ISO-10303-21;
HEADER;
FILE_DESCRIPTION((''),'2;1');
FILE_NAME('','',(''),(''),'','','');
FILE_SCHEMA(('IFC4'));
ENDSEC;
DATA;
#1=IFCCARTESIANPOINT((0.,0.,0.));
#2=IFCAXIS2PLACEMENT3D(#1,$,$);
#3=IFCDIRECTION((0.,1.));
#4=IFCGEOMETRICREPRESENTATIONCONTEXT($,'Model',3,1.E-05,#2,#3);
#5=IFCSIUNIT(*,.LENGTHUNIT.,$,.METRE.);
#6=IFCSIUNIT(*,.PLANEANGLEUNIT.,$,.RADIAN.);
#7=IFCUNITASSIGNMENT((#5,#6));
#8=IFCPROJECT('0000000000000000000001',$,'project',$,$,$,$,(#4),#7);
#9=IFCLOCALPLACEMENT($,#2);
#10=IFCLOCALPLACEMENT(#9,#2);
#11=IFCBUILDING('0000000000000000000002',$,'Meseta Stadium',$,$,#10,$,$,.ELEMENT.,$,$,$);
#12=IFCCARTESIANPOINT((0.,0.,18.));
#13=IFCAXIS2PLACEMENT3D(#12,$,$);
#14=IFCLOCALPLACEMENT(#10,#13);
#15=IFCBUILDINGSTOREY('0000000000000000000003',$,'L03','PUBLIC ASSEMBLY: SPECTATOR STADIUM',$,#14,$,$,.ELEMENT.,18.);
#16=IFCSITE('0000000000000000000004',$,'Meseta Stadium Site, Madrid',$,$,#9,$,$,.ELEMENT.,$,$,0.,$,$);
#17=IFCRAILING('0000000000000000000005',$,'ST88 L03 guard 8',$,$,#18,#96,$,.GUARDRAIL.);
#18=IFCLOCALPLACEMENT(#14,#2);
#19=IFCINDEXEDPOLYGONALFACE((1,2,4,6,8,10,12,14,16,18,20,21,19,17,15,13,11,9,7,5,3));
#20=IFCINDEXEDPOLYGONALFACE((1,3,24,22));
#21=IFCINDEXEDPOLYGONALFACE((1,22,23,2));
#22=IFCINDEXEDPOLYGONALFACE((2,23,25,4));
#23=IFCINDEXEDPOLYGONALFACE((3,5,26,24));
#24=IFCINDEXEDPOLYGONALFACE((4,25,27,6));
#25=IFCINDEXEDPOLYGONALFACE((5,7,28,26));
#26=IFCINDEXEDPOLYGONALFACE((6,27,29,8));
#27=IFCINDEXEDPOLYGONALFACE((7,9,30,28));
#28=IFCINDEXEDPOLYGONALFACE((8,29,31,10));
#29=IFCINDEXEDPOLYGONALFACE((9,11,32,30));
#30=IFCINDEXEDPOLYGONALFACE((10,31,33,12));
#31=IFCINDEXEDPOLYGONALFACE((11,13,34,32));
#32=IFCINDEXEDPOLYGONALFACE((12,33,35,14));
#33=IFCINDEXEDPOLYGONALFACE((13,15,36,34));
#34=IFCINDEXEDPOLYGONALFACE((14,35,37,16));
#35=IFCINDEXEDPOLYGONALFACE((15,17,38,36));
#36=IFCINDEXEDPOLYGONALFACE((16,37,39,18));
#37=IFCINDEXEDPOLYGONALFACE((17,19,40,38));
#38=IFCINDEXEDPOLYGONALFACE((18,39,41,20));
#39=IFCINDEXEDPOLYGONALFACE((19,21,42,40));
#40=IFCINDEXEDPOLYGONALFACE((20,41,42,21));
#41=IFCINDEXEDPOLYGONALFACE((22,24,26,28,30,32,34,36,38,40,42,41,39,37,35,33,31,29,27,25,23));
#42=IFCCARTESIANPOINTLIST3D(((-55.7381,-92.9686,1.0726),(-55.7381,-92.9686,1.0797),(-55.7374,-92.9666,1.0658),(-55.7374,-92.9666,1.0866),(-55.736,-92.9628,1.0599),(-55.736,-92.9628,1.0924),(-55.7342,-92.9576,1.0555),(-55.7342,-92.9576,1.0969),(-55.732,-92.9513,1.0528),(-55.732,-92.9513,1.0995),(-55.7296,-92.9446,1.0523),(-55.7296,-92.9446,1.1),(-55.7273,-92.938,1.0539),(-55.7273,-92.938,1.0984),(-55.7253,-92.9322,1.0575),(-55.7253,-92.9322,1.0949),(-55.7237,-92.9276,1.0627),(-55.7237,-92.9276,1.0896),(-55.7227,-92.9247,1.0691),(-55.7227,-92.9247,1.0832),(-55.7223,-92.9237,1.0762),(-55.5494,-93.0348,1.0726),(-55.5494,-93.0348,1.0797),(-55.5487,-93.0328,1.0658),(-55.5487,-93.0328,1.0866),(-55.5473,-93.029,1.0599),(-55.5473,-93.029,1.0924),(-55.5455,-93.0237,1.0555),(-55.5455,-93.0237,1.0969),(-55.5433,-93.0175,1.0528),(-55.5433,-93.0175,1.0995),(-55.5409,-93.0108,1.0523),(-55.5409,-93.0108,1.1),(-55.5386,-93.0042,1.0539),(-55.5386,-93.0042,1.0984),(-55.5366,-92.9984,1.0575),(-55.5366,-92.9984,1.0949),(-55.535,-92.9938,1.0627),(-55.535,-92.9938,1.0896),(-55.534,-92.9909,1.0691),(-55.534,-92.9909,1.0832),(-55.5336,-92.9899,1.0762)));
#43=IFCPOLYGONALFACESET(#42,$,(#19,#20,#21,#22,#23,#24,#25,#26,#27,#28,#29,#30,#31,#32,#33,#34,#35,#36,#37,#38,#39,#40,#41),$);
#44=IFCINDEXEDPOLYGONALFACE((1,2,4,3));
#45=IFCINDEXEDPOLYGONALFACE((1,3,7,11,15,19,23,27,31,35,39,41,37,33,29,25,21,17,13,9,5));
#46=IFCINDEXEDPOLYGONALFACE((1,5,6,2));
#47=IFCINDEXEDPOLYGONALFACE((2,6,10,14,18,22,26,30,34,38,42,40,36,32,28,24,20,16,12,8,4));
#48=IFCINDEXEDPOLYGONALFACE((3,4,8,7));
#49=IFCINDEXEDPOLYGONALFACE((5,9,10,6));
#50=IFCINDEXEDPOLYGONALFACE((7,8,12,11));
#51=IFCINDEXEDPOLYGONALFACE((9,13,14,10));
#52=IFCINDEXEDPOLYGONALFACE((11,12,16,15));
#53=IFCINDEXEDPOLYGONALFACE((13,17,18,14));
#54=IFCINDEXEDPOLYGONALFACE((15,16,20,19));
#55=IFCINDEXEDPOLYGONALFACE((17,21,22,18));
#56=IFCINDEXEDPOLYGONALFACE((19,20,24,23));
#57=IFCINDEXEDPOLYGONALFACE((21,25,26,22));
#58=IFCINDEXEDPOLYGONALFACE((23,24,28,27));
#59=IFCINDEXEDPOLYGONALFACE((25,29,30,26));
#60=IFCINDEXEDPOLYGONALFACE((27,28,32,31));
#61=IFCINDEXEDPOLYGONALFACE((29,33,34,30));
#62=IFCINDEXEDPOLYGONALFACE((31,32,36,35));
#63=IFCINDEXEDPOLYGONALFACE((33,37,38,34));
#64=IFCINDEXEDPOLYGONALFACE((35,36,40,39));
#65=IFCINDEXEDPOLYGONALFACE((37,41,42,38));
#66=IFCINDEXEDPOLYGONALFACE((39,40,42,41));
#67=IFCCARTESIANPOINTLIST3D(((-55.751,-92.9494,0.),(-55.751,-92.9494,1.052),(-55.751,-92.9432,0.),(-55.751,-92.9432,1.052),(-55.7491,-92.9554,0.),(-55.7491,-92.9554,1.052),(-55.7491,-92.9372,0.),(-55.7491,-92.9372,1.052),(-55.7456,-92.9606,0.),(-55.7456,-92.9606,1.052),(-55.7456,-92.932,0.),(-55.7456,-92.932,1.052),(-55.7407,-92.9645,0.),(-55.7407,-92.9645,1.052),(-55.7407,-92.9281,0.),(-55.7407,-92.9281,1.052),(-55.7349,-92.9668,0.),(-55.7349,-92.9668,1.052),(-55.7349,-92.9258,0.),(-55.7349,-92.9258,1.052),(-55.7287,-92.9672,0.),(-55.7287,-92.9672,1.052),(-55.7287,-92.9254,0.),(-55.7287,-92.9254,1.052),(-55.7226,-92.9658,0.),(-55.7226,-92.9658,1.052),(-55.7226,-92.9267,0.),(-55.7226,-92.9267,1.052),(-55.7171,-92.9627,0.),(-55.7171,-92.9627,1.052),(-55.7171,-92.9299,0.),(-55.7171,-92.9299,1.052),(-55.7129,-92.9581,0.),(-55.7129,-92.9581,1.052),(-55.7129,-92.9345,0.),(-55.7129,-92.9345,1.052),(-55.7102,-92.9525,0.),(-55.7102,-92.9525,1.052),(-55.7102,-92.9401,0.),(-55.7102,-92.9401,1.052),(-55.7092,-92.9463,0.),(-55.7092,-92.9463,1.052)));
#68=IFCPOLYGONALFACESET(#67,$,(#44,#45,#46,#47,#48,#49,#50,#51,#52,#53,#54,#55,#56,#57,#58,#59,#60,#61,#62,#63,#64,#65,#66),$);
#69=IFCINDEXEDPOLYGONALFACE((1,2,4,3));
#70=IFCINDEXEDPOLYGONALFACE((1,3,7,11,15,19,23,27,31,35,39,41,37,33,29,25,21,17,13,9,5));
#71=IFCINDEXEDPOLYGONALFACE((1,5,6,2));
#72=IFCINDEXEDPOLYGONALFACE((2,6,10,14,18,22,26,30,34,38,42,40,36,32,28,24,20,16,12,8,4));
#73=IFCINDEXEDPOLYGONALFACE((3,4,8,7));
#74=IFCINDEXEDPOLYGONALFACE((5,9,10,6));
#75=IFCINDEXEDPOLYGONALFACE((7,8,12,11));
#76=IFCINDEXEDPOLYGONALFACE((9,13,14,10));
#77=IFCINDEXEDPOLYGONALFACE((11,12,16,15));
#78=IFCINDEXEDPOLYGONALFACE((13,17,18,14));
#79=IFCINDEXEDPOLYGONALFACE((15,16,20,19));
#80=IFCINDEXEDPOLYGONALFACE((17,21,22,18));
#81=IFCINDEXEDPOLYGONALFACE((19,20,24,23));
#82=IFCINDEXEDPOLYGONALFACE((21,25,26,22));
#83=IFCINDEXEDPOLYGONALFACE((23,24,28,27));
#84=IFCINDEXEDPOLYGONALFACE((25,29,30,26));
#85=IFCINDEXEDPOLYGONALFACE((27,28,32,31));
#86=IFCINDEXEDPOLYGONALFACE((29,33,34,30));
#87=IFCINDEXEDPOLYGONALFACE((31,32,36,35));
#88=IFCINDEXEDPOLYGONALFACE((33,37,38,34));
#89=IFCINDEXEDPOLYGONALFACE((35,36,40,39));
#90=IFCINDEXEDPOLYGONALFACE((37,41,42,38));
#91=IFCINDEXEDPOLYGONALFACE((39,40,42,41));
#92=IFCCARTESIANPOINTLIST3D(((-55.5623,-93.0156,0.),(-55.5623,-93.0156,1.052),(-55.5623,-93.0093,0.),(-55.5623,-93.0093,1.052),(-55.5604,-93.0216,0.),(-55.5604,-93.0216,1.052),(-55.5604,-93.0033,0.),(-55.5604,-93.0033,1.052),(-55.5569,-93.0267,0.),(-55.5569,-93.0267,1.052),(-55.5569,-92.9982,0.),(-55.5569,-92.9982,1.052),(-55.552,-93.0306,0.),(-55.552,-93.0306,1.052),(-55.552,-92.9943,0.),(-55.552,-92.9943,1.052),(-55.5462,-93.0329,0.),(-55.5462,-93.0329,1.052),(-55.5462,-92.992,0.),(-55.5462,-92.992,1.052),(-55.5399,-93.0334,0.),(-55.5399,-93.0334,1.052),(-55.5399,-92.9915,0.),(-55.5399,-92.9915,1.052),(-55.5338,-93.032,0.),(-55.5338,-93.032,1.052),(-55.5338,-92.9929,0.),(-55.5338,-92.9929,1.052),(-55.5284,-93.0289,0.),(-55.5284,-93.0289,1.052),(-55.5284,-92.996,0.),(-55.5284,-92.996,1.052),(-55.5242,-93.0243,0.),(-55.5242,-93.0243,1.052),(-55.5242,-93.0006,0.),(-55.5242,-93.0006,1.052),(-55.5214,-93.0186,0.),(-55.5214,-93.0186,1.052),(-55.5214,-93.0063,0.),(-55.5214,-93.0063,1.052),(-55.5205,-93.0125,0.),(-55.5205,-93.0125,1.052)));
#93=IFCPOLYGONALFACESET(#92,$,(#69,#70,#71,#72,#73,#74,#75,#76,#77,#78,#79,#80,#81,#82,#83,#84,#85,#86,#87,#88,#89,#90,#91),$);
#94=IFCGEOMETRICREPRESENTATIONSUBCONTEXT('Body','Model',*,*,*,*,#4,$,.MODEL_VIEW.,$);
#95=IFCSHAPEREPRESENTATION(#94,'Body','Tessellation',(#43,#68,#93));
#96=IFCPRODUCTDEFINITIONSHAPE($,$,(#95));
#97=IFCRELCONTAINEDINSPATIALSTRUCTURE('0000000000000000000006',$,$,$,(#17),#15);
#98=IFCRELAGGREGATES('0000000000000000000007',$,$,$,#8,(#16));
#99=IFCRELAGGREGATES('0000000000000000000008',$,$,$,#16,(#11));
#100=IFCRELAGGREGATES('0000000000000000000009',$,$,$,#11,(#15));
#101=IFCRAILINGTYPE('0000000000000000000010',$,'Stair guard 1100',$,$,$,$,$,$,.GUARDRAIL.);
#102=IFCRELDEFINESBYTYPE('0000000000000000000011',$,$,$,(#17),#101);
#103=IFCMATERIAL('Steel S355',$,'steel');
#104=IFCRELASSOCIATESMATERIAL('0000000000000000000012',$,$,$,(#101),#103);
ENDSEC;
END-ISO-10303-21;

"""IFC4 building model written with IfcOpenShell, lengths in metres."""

from ifc_helpers import new_model, si_unit, direction, frame, origin, origin_2d, place, context, subcontext, project, spatial, circle, extrude, material, type_object, element, save


model = new_model("IFC4")

# Units and contexts
model_context = context("Model", 3, precision=1e-05, world=origin(), true_north=direction((0.0, 1.0)))
body_context = subcontext(model_context, "Body", "Model", "MODEL_VIEW")
ifc_project = project(units=[si_unit("LENGTHUNIT", "METRE"), si_unit("PLANEANGLEUNIT", "RADIAN")], contexts=[model_context])

# Site, building, storey
site_placement = place(None, origin())
site = spatial("IfcSite", under=ifc_project, at=site_placement, Name="Meseta Stadium Site, Madrid", CompositionType="ELEMENT", RefElevation=0.0)
building_placement = place(site_placement, origin())
building = spatial("IfcBuilding", under=site, at=building_placement, Name="Meseta Stadium", CompositionType="ELEMENT")
storey_placement = place(building_placement, frame((0.0, 0.0, 18.0)))
storey = spatial("IfcBuildingStorey", under=building, at=storey_placement, Name="L03", Description="PUBLIC ASSEMBLY: SPECTATOR STADIUM", CompositionType="ELEMENT", Elevation=18.0)

# Railing
ifc_material_1 = material(Name="Steel S355", Category="steel")
railing_type_1 = type_object("IfcRailingType", Name="Stair guard 1100", PredefinedType="GUARDRAIL", material=ifc_material_1)
railing_1_placement = place(storey_placement, frame((-55.7302, -92.9463, 0.0)))
element("IfcRailing", 1, at=railing_1_placement, inside=storey, type_object=railing_type_1, Name="ST88 L03 guard 8", PredefinedType="GUARDRAIL", context=body_context, shape_type="SweptSolid", body=[
    extrude(circle(Radius=0.0239, at=origin_2d()), frame((0.0, 0.0, 1.0762), z_axis=(0.943687, -0.33084, 0.0), x_axis=(0.33084, 0.943687, 0.0)), (0.0, 0.0, 1.0), 0.2),
    extrude(circle(Radius=0.021, at=origin_2d()), origin(), (0.0, 0.0, 1.0), 1.052),
    extrude(circle(Radius=0.021, at=origin_2d()), frame((0.1887, -0.0662, 0.0)), (0.0, 0.0, 1.0), 1.052),
])

save(model, "model.ifc")
